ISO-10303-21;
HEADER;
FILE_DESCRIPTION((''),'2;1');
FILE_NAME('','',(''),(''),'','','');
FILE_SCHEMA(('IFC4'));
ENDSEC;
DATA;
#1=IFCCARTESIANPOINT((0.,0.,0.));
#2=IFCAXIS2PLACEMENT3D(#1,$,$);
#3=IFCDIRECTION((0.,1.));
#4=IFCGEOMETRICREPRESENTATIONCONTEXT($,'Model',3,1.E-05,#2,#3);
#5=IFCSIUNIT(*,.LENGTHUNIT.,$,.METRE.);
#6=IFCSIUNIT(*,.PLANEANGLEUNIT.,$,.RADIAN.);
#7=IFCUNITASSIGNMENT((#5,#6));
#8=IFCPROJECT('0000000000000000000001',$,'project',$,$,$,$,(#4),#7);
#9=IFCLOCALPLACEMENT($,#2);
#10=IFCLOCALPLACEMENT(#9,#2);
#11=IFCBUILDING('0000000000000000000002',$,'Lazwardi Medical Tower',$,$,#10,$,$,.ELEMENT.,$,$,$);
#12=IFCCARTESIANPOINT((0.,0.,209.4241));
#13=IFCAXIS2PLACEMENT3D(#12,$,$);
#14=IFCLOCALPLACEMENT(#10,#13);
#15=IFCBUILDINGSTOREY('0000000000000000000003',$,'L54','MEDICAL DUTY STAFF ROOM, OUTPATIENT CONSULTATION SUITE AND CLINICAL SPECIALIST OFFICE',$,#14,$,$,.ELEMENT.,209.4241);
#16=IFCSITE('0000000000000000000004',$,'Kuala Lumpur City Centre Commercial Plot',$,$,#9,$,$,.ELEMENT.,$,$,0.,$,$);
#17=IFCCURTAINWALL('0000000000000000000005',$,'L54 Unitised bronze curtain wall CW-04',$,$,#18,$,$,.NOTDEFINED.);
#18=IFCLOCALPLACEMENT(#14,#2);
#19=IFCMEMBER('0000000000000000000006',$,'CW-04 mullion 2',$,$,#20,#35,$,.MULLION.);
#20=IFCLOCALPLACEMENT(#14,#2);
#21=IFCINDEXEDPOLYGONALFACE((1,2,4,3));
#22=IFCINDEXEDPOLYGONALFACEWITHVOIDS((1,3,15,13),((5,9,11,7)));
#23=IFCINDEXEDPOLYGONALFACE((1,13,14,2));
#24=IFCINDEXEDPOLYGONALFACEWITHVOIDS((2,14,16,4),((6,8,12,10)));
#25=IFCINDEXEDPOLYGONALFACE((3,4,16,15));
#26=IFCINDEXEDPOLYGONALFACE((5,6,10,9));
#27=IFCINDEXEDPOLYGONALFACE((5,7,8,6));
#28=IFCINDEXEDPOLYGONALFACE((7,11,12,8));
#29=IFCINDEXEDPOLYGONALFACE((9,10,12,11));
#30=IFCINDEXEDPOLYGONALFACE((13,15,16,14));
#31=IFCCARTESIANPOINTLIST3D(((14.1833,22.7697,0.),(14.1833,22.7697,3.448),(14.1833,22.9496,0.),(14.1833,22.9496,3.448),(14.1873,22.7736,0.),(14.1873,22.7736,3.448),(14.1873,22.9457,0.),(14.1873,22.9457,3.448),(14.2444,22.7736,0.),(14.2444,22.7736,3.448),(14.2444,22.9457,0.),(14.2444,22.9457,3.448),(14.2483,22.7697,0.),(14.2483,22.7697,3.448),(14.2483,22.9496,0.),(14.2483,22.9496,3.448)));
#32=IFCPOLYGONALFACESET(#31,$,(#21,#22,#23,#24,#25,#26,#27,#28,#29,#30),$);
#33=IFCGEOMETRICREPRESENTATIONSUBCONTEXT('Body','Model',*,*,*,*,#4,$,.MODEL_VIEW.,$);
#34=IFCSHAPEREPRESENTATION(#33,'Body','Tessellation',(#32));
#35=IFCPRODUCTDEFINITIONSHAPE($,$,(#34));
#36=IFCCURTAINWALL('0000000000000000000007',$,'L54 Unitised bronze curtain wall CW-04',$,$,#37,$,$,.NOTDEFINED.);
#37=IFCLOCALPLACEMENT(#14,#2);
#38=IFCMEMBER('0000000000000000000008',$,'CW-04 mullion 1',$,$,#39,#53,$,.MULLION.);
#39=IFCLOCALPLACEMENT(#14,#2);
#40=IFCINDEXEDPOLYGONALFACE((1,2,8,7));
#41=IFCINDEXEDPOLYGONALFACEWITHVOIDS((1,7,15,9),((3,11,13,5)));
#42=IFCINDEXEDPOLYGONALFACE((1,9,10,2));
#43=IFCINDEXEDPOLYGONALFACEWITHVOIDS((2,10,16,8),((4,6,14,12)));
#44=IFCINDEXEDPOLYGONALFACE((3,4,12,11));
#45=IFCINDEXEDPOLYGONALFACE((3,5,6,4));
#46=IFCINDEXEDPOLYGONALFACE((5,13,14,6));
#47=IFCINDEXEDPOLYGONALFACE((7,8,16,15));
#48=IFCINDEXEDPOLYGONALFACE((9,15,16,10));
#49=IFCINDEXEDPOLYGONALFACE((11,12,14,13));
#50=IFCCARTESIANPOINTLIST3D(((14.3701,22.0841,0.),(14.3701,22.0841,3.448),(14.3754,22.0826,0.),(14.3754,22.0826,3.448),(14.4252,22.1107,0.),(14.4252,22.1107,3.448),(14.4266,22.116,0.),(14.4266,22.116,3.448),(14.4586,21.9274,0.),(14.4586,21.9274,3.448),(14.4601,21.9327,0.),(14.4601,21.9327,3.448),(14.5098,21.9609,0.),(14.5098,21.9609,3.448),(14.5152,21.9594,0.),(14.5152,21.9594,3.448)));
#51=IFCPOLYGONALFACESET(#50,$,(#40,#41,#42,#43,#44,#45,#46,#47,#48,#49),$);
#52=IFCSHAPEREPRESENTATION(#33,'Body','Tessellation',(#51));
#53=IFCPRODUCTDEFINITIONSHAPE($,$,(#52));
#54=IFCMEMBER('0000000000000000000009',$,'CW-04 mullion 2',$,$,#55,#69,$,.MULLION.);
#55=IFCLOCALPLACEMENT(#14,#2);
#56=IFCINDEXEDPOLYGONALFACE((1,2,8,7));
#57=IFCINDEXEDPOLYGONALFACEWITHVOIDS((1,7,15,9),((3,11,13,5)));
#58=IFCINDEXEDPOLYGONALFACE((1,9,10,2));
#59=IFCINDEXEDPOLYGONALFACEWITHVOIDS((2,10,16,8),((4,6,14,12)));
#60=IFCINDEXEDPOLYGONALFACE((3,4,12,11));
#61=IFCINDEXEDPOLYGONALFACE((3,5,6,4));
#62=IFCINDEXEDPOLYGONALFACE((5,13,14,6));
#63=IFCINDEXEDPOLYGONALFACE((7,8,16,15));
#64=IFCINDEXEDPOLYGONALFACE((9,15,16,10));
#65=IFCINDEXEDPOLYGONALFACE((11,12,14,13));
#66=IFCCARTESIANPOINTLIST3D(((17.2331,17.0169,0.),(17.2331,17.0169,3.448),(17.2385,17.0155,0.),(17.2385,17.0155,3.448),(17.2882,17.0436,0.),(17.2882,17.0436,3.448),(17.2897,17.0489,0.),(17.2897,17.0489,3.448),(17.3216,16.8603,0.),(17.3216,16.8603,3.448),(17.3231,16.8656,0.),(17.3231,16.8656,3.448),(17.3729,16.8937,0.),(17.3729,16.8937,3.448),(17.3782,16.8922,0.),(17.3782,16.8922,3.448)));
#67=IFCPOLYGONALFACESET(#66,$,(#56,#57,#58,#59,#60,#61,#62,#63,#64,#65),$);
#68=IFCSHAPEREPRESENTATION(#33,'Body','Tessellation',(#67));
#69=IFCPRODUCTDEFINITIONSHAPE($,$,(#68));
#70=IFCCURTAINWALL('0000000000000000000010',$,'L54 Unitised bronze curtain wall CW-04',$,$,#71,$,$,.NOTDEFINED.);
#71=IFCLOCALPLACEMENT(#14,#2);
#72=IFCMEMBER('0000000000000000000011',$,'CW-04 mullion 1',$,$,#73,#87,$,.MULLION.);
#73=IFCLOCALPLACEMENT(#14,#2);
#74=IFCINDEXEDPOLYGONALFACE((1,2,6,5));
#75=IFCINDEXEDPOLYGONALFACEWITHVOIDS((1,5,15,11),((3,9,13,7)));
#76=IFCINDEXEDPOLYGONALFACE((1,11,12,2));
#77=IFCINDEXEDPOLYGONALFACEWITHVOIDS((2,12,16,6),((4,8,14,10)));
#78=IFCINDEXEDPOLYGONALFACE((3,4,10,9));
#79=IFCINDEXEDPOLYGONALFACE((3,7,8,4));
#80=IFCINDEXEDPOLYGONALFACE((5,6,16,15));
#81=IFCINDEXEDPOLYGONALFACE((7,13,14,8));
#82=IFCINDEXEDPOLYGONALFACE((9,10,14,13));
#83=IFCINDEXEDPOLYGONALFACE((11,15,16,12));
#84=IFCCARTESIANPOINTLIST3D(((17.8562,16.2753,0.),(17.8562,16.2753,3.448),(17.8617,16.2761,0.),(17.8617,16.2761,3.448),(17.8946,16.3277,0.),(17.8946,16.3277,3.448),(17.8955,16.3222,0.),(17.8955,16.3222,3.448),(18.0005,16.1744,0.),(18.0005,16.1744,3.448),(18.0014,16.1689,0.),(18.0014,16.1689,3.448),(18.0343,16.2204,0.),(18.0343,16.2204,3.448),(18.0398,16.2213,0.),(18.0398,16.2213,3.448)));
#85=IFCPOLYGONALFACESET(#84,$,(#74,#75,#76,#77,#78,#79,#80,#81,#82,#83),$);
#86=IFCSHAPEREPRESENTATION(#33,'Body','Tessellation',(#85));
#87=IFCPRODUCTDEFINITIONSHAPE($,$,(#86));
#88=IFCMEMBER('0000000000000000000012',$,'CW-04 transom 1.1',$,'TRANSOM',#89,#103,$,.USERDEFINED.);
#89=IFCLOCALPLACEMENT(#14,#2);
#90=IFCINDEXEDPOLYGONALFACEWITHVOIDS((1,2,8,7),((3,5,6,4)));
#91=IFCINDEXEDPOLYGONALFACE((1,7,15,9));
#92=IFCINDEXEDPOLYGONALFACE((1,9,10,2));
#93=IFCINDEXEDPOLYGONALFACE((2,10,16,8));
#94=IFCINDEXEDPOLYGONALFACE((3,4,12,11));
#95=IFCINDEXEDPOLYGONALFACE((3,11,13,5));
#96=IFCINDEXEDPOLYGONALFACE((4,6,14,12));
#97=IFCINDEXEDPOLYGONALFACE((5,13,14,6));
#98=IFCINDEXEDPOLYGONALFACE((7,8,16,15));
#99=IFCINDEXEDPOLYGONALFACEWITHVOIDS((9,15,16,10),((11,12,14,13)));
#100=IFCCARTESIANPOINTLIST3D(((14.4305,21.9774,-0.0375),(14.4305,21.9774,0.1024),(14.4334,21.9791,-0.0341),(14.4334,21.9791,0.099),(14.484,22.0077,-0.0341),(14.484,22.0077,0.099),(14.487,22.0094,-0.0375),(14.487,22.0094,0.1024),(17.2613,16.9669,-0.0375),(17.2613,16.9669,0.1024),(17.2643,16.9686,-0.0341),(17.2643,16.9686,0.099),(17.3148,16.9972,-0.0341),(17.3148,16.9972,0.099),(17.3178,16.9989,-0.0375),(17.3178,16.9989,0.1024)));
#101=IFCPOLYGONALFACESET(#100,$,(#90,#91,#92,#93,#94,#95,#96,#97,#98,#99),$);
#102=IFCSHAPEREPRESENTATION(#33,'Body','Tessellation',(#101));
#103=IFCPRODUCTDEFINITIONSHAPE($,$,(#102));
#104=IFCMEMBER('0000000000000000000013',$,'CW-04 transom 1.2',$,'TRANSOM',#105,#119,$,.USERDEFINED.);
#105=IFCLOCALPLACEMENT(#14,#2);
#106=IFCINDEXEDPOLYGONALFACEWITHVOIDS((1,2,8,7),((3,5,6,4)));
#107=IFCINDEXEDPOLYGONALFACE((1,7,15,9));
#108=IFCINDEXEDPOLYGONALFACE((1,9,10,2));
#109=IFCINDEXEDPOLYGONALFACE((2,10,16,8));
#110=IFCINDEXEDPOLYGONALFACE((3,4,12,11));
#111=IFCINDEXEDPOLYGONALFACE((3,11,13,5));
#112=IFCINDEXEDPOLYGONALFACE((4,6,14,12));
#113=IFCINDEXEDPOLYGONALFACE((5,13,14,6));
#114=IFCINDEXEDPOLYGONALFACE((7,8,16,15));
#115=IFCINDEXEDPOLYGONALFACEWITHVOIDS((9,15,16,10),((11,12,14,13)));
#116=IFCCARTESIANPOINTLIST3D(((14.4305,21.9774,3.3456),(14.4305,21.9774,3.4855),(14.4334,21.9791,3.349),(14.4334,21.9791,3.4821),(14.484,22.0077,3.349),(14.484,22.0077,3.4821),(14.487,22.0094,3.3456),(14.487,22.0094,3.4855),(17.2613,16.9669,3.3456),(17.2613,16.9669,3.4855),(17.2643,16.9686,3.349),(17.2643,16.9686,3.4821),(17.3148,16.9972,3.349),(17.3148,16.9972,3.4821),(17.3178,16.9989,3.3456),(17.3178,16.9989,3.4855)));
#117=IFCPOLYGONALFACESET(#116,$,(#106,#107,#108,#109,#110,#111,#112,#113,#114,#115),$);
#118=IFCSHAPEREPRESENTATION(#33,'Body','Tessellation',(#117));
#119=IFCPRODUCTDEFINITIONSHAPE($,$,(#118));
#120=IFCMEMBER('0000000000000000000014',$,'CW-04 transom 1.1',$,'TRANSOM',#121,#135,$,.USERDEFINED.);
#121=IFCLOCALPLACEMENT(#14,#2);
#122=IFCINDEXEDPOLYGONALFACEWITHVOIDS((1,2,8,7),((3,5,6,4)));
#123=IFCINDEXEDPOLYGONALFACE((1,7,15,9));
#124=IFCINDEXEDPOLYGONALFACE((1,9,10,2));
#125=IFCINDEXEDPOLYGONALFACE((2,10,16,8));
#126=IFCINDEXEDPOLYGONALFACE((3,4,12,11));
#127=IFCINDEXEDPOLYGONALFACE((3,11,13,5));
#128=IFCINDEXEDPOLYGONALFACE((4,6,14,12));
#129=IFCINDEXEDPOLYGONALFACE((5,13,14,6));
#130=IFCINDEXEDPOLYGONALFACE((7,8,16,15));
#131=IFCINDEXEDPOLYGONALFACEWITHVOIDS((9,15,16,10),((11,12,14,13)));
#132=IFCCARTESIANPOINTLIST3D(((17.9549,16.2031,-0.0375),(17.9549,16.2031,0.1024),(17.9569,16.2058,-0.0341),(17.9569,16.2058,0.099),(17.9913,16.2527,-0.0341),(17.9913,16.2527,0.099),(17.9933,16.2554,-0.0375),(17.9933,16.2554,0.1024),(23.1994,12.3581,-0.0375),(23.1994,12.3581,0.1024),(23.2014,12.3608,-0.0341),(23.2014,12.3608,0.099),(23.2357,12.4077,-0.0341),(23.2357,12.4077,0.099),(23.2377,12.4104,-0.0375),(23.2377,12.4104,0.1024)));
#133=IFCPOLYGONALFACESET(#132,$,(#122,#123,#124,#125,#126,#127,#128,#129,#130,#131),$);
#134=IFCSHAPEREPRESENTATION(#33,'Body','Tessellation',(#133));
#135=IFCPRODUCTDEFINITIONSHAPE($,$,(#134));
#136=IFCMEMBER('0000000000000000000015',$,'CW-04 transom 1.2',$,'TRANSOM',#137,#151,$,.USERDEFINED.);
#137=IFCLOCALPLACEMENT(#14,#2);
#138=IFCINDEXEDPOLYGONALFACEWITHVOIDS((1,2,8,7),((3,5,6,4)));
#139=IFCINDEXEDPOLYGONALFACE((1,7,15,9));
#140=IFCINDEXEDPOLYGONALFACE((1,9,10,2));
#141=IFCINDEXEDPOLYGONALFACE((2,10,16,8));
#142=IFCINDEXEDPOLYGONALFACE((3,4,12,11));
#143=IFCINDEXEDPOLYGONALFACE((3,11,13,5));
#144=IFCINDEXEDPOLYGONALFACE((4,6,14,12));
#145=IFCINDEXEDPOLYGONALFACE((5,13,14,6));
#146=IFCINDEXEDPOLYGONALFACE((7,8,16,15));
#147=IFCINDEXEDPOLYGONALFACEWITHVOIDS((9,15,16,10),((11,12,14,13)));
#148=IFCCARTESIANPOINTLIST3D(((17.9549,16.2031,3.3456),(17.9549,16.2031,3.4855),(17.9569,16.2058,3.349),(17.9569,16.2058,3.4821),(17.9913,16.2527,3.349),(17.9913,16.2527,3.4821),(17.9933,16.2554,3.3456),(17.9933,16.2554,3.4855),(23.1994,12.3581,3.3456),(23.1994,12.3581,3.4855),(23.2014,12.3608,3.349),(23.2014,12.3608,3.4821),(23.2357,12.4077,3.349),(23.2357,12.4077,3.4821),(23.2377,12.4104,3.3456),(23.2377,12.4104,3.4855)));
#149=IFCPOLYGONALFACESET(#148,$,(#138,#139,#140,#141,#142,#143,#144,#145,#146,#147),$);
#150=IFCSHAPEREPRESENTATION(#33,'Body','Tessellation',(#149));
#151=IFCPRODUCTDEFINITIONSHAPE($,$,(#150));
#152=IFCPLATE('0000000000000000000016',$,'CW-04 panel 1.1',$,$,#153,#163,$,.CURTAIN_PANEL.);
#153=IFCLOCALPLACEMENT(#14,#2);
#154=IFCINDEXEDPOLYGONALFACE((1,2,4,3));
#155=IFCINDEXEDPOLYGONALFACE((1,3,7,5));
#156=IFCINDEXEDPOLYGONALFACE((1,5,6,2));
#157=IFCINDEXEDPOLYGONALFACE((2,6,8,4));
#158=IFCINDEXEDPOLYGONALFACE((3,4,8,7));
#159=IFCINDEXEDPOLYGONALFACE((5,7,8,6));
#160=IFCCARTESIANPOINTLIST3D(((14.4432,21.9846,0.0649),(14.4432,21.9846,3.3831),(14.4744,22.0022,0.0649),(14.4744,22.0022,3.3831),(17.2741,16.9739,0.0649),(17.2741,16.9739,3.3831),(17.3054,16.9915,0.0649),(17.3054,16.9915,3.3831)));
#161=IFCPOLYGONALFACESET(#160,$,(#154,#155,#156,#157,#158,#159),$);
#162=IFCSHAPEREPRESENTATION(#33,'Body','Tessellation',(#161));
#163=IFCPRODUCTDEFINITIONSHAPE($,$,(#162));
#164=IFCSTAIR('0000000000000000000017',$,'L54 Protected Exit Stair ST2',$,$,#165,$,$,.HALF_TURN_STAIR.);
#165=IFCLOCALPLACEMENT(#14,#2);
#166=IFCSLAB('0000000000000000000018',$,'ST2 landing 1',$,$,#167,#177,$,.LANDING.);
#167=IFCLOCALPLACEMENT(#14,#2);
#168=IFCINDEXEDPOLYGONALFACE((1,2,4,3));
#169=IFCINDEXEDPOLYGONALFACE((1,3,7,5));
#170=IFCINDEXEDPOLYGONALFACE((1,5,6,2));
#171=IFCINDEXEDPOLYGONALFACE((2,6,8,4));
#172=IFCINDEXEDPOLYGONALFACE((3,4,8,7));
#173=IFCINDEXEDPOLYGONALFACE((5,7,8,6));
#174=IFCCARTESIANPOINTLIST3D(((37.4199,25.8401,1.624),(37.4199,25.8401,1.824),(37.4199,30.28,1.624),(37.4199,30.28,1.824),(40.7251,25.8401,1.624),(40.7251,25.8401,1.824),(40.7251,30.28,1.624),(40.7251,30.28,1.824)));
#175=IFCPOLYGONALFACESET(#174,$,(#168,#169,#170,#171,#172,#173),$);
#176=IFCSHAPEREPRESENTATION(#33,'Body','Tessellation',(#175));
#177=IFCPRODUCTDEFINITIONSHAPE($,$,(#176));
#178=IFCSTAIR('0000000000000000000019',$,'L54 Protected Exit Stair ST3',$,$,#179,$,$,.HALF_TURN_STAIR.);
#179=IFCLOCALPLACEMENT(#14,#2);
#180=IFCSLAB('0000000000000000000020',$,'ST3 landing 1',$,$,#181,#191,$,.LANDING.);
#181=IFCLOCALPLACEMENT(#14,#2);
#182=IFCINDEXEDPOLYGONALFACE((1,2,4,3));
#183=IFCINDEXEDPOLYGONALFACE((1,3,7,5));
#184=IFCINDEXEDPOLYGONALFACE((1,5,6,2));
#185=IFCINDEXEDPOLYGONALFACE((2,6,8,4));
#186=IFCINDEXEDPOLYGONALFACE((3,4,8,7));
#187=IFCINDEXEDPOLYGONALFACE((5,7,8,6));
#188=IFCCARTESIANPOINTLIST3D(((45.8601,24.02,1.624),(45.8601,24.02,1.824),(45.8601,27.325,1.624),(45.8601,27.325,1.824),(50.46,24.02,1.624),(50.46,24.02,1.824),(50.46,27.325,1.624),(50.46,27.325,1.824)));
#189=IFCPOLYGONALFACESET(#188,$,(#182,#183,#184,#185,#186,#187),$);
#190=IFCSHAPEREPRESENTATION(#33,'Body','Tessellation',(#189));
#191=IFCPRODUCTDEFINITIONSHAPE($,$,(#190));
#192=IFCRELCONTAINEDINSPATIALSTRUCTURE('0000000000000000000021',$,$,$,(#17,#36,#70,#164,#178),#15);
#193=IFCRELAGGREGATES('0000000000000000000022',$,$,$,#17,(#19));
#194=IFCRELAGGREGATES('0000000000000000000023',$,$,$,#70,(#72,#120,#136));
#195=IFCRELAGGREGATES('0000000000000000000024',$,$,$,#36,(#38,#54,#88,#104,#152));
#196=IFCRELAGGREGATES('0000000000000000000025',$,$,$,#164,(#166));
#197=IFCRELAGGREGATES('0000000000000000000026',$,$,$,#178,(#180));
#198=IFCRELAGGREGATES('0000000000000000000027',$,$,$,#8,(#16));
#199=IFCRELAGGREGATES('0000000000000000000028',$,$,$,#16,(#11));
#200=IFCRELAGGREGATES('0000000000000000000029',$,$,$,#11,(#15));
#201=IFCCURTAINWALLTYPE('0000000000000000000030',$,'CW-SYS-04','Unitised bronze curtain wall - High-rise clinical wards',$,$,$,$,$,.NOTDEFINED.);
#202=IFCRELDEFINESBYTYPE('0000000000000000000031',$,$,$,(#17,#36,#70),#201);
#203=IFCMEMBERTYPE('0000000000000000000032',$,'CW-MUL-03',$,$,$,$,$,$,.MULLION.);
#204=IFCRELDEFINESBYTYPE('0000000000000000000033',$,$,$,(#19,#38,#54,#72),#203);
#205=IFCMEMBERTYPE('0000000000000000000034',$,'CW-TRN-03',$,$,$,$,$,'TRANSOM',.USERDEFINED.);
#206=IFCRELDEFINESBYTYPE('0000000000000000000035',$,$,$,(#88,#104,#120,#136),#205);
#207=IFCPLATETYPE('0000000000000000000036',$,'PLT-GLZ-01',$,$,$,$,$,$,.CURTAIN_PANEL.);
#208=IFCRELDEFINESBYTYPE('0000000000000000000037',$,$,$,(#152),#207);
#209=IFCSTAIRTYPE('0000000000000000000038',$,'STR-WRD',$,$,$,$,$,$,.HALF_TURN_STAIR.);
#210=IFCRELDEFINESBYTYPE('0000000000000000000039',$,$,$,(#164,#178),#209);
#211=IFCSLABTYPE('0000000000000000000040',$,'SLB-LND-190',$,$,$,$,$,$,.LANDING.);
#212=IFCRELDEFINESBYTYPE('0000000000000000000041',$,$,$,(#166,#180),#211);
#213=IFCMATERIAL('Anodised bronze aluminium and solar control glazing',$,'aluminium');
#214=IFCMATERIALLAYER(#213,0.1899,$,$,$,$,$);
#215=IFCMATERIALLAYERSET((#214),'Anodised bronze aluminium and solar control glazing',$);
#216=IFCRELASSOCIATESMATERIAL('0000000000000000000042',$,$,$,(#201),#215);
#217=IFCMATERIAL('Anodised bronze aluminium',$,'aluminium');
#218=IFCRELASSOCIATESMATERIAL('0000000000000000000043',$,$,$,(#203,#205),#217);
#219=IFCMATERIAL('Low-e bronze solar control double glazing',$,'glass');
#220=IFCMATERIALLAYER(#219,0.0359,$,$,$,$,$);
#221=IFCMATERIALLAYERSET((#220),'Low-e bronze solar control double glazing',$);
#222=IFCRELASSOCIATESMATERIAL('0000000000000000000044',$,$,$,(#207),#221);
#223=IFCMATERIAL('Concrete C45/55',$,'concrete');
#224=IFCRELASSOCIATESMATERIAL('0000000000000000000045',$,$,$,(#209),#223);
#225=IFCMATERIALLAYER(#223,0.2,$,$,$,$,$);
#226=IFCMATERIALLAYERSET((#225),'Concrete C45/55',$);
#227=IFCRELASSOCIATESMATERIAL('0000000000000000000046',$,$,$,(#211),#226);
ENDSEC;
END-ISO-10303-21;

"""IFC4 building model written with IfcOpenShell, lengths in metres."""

from ifc_helpers import new_model, si_unit, direction, frame, origin, origin_2d, place, context, subcontext, project, spatial, polyline, rectangle, hollow_rectangle, outline, extrude, material, layer, layer_set, material_profile, profile_set, type_object, element, aggregate, save


model = new_model("IFC4")

# Units and contexts
model_context = context("Model", 3, precision=1e-05, world=origin(), true_north=direction((0.0, 1.0)))
body_context = subcontext(model_context, "Body", "Model", "MODEL_VIEW")
ifc_project = project(units=[si_unit("LENGTHUNIT", "METRE"), si_unit("PLANEANGLEUNIT", "RADIAN")], contexts=[model_context])

# Site, building, storey
site_placement = place(None, origin())
site = spatial("IfcSite", under=ifc_project, at=site_placement, Name="Kuala Lumpur City Centre Commercial Plot", CompositionType="ELEMENT", RefElevation=0.0)
building_placement = place(site_placement, origin())
building = spatial("IfcBuilding", under=site, at=building_placement, Name="Lazwardi Medical Tower", CompositionType="ELEMENT")
storey_placement = place(building_placement, frame((0.0, 0.0, 209.4241)))
storey = spatial("IfcBuildingStorey", under=building, at=storey_placement, Name="L54", Description="MEDICAL DUTY STAFF ROOM, OUTPATIENT CONSULTATION SUITE AND CLINICAL SPECIALIST OFFICE", CompositionType="ELEMENT", Elevation=209.4241)

# Curtain wall, member
ifc_material_1 = material(Name="Anodised bronze aluminium and solar control glazing", Category="aluminium")
ifc_layer_1 = layer(ifc_material_1, 0.1899)
ifc_layer_set_1 = layer_set([ifc_layer_1], Name="Anodised bronze aluminium and solar control glazing")
curtain_wall_type = type_object("IfcCurtainWallType", Name="CW-SYS-04", Description="Unitised bronze curtain wall - High-rise clinical wards", PredefinedType="NOTDEFINED", material=ifc_layer_set_1)
curtain_wall_1_placement = place(storey_placement, origin())
curtain_wall_1 = element("IfcCurtainWall", 1, at=curtain_wall_1_placement, inside=storey, type_object=curtain_wall_type, Name="L54 Unitised bronze curtain wall CW-04", PredefinedType="NOTDEFINED")
ifc_material_2 = material(Name="Anodised bronze aluminium", Category="aluminium")
ifc_material_profile_1 = material_profile(ifc_material_2, hollow_rectangle(XDim=0.0649, YDim=0.1799, WallThickness=0.0039, at=origin_2d()), Name="ALU-MULLION 180x65x4")
ifc_profile_set_1 = profile_set([ifc_material_profile_1], Name="Anodised bronze aluminium")
member_type_1 = type_object("IfcMemberType", Name="CW-MUL-03", PredefinedType="MULLION", material=ifc_profile_set_1)
member_1_placement = place(storey_placement, frame((14.2158, 22.8596, 0.0), z_axis=(0.0, 0.0, 1.0), x_axis=(1.0, 0.0, 0.0)))
member_1 = element("IfcMember", 2, at=member_1_placement, type_object=member_type_1, Name="CW-04 mullion 2", PredefinedType="MULLION", context=body_context, shape_type="SweptSolid", body=[
    extrude(hollow_rectangle(XDim=0.0649, YDim=0.1799, WallThickness=0.0039, at=origin_2d()), origin(), (0.0, 0.0, 1.0), 3.448),
])
aggregate(curtain_wall_1, [member_1])

# Curtain wall, members
curtain_wall_2_placement = place(storey_placement, origin())
curtain_wall_2 = element("IfcCurtainWall", 3, at=curtain_wall_2_placement, inside=storey, type_object=curtain_wall_type, Name="L54 Unitised bronze curtain wall CW-04", PredefinedType="NOTDEFINED")
member_2_placement = place(storey_placement, frame((14.4426, 22.0217, 0.0), z_axis=(0.0, 0.0, 1.0), x_axis=(0.870651, 0.4919, 0.0)))
member_2 = element("IfcMember", 4, at=member_2_placement, type_object=member_type_1, Name="CW-04 mullion 1", PredefinedType="MULLION", context=body_context, shape_type="SweptSolid", body=[
    extrude(hollow_rectangle(XDim=0.0649, YDim=0.1799, WallThickness=0.0039, at=origin_2d()), origin(), (0.0, 0.0, 1.0), 3.448),
])
member_3_placement = place(storey_placement, frame((17.3057, 16.9546, 0.0), z_axis=(0.0, 0.0, 1.0), x_axis=(0.870651, 0.4919, 0.0)))
member_3 = element("IfcMember", 5, at=member_3_placement, type_object=member_type_1, Name="CW-04 mullion 2", PredefinedType="MULLION", context=body_context, shape_type="SweptSolid", body=[
    extrude(hollow_rectangle(XDim=0.0649, YDim=0.1799, WallThickness=0.0039, at=origin_2d()), origin(), (0.0, 0.0, 1.0), 3.448),
])

# Curtain wall, member
curtain_wall_3_placement = place(storey_placement, origin())
curtain_wall_3 = element("IfcCurtainWall", 6, at=curtain_wall_3_placement, inside=storey, type_object=curtain_wall_type, Name="L54 Unitised bronze curtain wall CW-04", PredefinedType="NOTDEFINED")
member_4_placement = place(storey_placement, frame((17.948, 16.2483, 0.0), z_axis=(0.0, 0.0, 1.0), x_axis=(0.591268, 0.806475, 0.0)))
member_4 = element("IfcMember", 7, at=member_4_placement, type_object=member_type_1, Name="CW-04 mullion 1", PredefinedType="MULLION", context=body_context, shape_type="SweptSolid", body=[
    extrude(hollow_rectangle(XDim=0.0649, YDim=0.1799, WallThickness=0.0039, at=origin_2d()), origin(), (0.0, 0.0, 1.0), 3.448),
])

# Members
ifc_material_profile_2 = material_profile(ifc_material_2, hollow_rectangle(XDim=0.0649, YDim=0.1399, WallThickness=0.0034, at=origin_2d()), Name="ALU-TRANSOM 140x65x3.5")
ifc_profile_set_2 = profile_set([ifc_material_profile_2], Name="Anodised bronze aluminium")
member_type_2 = type_object("IfcMemberType", Name="CW-TRN-03", ElementType="TRANSOM", PredefinedType="USERDEFINED", material=ifc_profile_set_2)
member_5_placement = place(storey_placement, frame((14.4587, 21.9934, 0.0325), z_axis=(0.491898, -0.870653, 0.0), x_axis=(0.870653, 0.491898, 0.0)))
member_5 = element("IfcMember", 8, at=member_5_placement, type_object=member_type_2, Name="CW-04 transom 1.1", ObjectType="TRANSOM", PredefinedType="USERDEFINED", context=body_context, shape_type="SweptSolid", body=[
    extrude(hollow_rectangle(XDim=0.0649, YDim=0.1399, WallThickness=0.0034, at=origin_2d()), origin(), (0.0, 0.0, 1.0), 5.7549),
])
member_6_placement = place(storey_placement, frame((14.4587, 21.9934, 3.4155), z_axis=(0.491898, -0.870653, 0.0), x_axis=(0.870653, 0.491898, 0.0)))
member_6 = element("IfcMember", 9, at=member_6_placement, type_object=member_type_2, Name="CW-04 transom 1.2", ObjectType="TRANSOM", PredefinedType="USERDEFINED", context=body_context, shape_type="SweptSolid", body=[
    extrude(hollow_rectangle(XDim=0.0649, YDim=0.1399, WallThickness=0.0034, at=origin_2d()), origin(), (0.0, 0.0, 1.0), 5.7549),
])
member_7_placement = place(storey_placement, frame((17.9741, 16.2292, 0.0325), z_axis=(0.806472, -0.591273, 0.0), x_axis=(0.591273, 0.806472, 0.0)))
member_7 = element("IfcMember", 10, at=member_7_placement, type_object=member_type_2, Name="CW-04 transom 1.1", ObjectType="TRANSOM", PredefinedType="USERDEFINED", context=body_context, shape_type="SweptSolid", body=[
    extrude(hollow_rectangle(XDim=0.0649, YDim=0.1399, WallThickness=0.0034, at=origin_2d()), origin(), (0.0, 0.0, 1.0), 6.5029),
])
member_8_placement = place(storey_placement, frame((17.9741, 16.2292, 3.4155), z_axis=(0.806472, -0.591273, 0.0), x_axis=(0.591273, 0.806472, 0.0)))
member_8 = element("IfcMember", 11, at=member_8_placement, type_object=member_type_2, Name="CW-04 transom 1.2", ObjectType="TRANSOM", PredefinedType="USERDEFINED", context=body_context, shape_type="SweptSolid", body=[
    extrude(hollow_rectangle(XDim=0.0649, YDim=0.1399, WallThickness=0.0034, at=origin_2d()), origin(), (0.0, 0.0, 1.0), 6.5029),
])
aggregate(curtain_wall_3, [member_4, member_7, member_8])

# Plate
ifc_material_3 = material(Name="Low-e bronze solar control double glazing", Category="glass")
ifc_layer_2 = layer(ifc_material_3, 0.0359)
ifc_layer_set_2 = layer_set([ifc_layer_2], Name="Low-e bronze solar control double glazing")
plate_type = type_object("IfcPlateType", Name="PLT-GLZ-01", PredefinedType="CURTAIN_PANEL", material=ifc_layer_set_2)
plate_placement = place(storey_placement, frame((15.8743, 19.488, 0.0649), z_axis=(0.0, 0.0, 1.0), x_axis=(0.4919, -0.870651, 0.0)))
plate = element("IfcPlate", 12, at=plate_placement, type_object=plate_type, Name="CW-04 panel 1.1", PredefinedType="CURTAIN_PANEL", context=body_context, shape_type="SweptSolid", body=[
    extrude(rectangle(XDim=5.7551, YDim=0.0359, at=origin_2d()), origin(), (0.0, 0.0, 1.0), 3.3181),
])
aggregate(curtain_wall_2, [member_2, member_3, member_5, member_6, plate])

# Stairs, slabs
ifc_material_4 = material(Name="Concrete C45/55", Category="concrete")
stair_type = type_object("IfcStairType", Name="STR-WRD", PredefinedType="HALF_TURN_STAIR", material=ifc_material_4)
stair_1_placement = place(storey_placement, origin())
stair_1 = element("IfcStair", 13, at=stair_1_placement, inside=storey, type_object=stair_type, Name="L54 Protected Exit Stair ST2", PredefinedType="HALF_TURN_STAIR")
ifc_layer_3 = layer(ifc_material_4, 0.2)
ifc_layer_set_3 = layer_set([ifc_layer_3], Name="Concrete C45/55")
slab_type = type_object("IfcSlabType", Name="SLB-LND-190", PredefinedType="LANDING", material=ifc_layer_set_3)
slab_1_placement = place(storey_placement, frame((0.0, 0.0, 1.624)))
slab_1 = element("IfcSlab", 14, at=slab_1_placement, type_object=slab_type, Name="ST2 landing 1", PredefinedType="LANDING", context=body_context, shape_type="SweptSolid", body=[
    extrude(outline(polyline([(40.7251, 30.28), (37.4199, 30.28), (37.4199, 25.8401), (40.7251, 25.8401), (40.7251, 30.28)])), origin(), (0.0, 0.0, 1.0), 0.2),
])
aggregate(stair_1, [slab_1])
stair_2_placement = place(storey_placement, origin())
stair_2 = element("IfcStair", 15, at=stair_2_placement, inside=storey, type_object=stair_type, Name="L54 Protected Exit Stair ST3", PredefinedType="HALF_TURN_STAIR")
slab_2_placement = place(storey_placement, frame((0.0, 0.0, 1.624)))
slab_2 = element("IfcSlab", 16, at=slab_2_placement, type_object=slab_type, Name="ST3 landing 1", PredefinedType="LANDING", context=body_context, shape_type="SweptSolid", body=[
    extrude(outline(polyline([(45.8601, 27.325), (45.8601, 24.02), (50.46, 24.02), (50.46, 27.325), (45.8601, 27.325)])), origin(), (0.0, 0.0, 1.0), 0.2),
])
aggregate(stair_2, [slab_2])

save(model, "model.ifc")
